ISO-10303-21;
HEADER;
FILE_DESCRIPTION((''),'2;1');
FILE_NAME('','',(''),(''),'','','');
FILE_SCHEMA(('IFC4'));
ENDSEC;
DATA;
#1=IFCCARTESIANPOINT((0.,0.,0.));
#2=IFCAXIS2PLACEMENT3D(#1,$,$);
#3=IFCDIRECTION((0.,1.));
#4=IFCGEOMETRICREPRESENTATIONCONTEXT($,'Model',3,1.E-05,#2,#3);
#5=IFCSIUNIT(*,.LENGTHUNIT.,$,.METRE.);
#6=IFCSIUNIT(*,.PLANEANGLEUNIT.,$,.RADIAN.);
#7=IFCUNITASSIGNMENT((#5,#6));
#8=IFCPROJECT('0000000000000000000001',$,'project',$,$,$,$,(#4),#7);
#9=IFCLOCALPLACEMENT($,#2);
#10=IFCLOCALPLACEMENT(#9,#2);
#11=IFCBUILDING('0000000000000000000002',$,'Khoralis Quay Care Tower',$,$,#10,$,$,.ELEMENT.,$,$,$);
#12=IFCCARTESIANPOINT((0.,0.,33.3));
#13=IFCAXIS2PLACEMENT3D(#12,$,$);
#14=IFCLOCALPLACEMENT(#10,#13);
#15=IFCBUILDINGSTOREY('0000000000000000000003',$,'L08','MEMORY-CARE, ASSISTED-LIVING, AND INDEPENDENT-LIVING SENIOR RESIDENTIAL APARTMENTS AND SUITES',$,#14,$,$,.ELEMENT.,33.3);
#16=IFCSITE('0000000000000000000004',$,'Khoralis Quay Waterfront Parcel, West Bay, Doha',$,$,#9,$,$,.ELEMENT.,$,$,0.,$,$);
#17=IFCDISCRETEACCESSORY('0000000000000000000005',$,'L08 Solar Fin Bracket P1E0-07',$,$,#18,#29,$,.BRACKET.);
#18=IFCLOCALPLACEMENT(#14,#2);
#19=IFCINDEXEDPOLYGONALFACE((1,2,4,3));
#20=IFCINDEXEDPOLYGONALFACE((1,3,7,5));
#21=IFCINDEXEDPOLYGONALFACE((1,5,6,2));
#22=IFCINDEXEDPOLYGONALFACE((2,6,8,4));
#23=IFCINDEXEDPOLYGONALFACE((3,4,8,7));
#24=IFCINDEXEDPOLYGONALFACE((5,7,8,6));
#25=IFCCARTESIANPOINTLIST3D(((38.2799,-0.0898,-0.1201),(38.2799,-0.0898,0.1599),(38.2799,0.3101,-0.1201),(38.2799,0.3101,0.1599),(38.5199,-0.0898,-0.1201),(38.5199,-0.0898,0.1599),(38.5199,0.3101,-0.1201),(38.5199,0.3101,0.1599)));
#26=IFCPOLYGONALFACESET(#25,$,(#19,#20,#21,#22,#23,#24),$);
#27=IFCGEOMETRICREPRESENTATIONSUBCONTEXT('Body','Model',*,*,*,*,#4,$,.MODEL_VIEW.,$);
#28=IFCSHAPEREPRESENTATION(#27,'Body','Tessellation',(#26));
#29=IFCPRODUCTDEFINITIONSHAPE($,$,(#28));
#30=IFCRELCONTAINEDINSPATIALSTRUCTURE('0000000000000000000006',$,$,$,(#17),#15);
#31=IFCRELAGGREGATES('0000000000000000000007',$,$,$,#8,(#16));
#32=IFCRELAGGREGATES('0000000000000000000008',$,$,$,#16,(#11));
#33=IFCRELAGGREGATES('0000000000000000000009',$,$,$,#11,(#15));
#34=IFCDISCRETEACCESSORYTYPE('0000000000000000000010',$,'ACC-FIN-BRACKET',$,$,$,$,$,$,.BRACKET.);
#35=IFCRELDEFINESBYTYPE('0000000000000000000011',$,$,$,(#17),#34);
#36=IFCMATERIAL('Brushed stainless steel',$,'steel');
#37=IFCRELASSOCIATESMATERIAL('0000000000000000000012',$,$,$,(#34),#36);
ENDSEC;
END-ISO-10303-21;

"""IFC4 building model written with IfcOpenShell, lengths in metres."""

from ifc_helpers import new_model, si_unit, direction, frame, origin, origin_2d, place, context, subcontext, project, spatial, rectangle, extrude, source, transform, mapped, material, type_object, element, save


model = new_model("IFC4")

# Units and contexts
model_context = context("Model", 3, precision=1e-05, world=origin(), true_north=direction((0.0, 1.0)))
body_context = subcontext(model_context, "Body", "Model", "MODEL_VIEW")
ifc_project = project(units=[si_unit("LENGTHUNIT", "METRE"), si_unit("PLANEANGLEUNIT", "RADIAN")], contexts=[model_context])

# Site, building, storey
site_placement = place(None, origin())
site = spatial("IfcSite", under=ifc_project, at=site_placement, Name="Khoralis Quay Waterfront Parcel, West Bay, Doha", CompositionType="ELEMENT", RefElevation=0.0)
building_placement = place(site_placement, origin())
building = spatial("IfcBuilding", under=site, at=building_placement, Name="Khoralis Quay Care Tower", CompositionType="ELEMENT")
storey_placement = place(building_placement, frame((0.0, 0.0, 33.3)))
storey = spatial("IfcBuildingStorey", under=building, at=storey_placement, Name="L08", Description="MEMORY-CARE, ASSISTED-LIVING, AND INDEPENDENT-LIVING SENIOR RESIDENTIAL APARTMENTS AND SUITES", CompositionType="ELEMENT", Elevation=33.3)

# Discrete accessory
ifc_material_1 = material(Name="Brushed stainless steel", Category="steel")
discrete_accessory_type = type_object("IfcDiscreteAccessoryType", Name="ACC-FIN-BRACKET", PredefinedType="BRACKET", material=ifc_material_1)
shared_shape_1 = source(origin(), body_context, "Body", "SweptSolid", [
    extrude(rectangle(XDim=0.3999, YDim=0.24, at=origin_2d()), origin(), (0.0, 0.0, 1.0), 0.28),
])
for number, where, z_axis, x_axis, name in (
    (1, (38.3999, 0.1101, -0.1201), (0.0, 0.0, 1.0), (0.0, -1.0, 0.0), "L08 Solar Fin Bracket P1E0-07"),
):
    element("IfcDiscreteAccessory", number, at=place(storey_placement, frame(where, z_axis=z_axis, x_axis=x_axis)), inside=storey, type_object=discrete_accessory_type, Name=name, PredefinedType="BRACKET", context=body_context, shape_type="MappedRepresentation", body=[
        mapped(shared_shape_1, transform((0.0, 0.0, 0.0), scale=1.0)),
    ])

save(model, "model.ifc")
